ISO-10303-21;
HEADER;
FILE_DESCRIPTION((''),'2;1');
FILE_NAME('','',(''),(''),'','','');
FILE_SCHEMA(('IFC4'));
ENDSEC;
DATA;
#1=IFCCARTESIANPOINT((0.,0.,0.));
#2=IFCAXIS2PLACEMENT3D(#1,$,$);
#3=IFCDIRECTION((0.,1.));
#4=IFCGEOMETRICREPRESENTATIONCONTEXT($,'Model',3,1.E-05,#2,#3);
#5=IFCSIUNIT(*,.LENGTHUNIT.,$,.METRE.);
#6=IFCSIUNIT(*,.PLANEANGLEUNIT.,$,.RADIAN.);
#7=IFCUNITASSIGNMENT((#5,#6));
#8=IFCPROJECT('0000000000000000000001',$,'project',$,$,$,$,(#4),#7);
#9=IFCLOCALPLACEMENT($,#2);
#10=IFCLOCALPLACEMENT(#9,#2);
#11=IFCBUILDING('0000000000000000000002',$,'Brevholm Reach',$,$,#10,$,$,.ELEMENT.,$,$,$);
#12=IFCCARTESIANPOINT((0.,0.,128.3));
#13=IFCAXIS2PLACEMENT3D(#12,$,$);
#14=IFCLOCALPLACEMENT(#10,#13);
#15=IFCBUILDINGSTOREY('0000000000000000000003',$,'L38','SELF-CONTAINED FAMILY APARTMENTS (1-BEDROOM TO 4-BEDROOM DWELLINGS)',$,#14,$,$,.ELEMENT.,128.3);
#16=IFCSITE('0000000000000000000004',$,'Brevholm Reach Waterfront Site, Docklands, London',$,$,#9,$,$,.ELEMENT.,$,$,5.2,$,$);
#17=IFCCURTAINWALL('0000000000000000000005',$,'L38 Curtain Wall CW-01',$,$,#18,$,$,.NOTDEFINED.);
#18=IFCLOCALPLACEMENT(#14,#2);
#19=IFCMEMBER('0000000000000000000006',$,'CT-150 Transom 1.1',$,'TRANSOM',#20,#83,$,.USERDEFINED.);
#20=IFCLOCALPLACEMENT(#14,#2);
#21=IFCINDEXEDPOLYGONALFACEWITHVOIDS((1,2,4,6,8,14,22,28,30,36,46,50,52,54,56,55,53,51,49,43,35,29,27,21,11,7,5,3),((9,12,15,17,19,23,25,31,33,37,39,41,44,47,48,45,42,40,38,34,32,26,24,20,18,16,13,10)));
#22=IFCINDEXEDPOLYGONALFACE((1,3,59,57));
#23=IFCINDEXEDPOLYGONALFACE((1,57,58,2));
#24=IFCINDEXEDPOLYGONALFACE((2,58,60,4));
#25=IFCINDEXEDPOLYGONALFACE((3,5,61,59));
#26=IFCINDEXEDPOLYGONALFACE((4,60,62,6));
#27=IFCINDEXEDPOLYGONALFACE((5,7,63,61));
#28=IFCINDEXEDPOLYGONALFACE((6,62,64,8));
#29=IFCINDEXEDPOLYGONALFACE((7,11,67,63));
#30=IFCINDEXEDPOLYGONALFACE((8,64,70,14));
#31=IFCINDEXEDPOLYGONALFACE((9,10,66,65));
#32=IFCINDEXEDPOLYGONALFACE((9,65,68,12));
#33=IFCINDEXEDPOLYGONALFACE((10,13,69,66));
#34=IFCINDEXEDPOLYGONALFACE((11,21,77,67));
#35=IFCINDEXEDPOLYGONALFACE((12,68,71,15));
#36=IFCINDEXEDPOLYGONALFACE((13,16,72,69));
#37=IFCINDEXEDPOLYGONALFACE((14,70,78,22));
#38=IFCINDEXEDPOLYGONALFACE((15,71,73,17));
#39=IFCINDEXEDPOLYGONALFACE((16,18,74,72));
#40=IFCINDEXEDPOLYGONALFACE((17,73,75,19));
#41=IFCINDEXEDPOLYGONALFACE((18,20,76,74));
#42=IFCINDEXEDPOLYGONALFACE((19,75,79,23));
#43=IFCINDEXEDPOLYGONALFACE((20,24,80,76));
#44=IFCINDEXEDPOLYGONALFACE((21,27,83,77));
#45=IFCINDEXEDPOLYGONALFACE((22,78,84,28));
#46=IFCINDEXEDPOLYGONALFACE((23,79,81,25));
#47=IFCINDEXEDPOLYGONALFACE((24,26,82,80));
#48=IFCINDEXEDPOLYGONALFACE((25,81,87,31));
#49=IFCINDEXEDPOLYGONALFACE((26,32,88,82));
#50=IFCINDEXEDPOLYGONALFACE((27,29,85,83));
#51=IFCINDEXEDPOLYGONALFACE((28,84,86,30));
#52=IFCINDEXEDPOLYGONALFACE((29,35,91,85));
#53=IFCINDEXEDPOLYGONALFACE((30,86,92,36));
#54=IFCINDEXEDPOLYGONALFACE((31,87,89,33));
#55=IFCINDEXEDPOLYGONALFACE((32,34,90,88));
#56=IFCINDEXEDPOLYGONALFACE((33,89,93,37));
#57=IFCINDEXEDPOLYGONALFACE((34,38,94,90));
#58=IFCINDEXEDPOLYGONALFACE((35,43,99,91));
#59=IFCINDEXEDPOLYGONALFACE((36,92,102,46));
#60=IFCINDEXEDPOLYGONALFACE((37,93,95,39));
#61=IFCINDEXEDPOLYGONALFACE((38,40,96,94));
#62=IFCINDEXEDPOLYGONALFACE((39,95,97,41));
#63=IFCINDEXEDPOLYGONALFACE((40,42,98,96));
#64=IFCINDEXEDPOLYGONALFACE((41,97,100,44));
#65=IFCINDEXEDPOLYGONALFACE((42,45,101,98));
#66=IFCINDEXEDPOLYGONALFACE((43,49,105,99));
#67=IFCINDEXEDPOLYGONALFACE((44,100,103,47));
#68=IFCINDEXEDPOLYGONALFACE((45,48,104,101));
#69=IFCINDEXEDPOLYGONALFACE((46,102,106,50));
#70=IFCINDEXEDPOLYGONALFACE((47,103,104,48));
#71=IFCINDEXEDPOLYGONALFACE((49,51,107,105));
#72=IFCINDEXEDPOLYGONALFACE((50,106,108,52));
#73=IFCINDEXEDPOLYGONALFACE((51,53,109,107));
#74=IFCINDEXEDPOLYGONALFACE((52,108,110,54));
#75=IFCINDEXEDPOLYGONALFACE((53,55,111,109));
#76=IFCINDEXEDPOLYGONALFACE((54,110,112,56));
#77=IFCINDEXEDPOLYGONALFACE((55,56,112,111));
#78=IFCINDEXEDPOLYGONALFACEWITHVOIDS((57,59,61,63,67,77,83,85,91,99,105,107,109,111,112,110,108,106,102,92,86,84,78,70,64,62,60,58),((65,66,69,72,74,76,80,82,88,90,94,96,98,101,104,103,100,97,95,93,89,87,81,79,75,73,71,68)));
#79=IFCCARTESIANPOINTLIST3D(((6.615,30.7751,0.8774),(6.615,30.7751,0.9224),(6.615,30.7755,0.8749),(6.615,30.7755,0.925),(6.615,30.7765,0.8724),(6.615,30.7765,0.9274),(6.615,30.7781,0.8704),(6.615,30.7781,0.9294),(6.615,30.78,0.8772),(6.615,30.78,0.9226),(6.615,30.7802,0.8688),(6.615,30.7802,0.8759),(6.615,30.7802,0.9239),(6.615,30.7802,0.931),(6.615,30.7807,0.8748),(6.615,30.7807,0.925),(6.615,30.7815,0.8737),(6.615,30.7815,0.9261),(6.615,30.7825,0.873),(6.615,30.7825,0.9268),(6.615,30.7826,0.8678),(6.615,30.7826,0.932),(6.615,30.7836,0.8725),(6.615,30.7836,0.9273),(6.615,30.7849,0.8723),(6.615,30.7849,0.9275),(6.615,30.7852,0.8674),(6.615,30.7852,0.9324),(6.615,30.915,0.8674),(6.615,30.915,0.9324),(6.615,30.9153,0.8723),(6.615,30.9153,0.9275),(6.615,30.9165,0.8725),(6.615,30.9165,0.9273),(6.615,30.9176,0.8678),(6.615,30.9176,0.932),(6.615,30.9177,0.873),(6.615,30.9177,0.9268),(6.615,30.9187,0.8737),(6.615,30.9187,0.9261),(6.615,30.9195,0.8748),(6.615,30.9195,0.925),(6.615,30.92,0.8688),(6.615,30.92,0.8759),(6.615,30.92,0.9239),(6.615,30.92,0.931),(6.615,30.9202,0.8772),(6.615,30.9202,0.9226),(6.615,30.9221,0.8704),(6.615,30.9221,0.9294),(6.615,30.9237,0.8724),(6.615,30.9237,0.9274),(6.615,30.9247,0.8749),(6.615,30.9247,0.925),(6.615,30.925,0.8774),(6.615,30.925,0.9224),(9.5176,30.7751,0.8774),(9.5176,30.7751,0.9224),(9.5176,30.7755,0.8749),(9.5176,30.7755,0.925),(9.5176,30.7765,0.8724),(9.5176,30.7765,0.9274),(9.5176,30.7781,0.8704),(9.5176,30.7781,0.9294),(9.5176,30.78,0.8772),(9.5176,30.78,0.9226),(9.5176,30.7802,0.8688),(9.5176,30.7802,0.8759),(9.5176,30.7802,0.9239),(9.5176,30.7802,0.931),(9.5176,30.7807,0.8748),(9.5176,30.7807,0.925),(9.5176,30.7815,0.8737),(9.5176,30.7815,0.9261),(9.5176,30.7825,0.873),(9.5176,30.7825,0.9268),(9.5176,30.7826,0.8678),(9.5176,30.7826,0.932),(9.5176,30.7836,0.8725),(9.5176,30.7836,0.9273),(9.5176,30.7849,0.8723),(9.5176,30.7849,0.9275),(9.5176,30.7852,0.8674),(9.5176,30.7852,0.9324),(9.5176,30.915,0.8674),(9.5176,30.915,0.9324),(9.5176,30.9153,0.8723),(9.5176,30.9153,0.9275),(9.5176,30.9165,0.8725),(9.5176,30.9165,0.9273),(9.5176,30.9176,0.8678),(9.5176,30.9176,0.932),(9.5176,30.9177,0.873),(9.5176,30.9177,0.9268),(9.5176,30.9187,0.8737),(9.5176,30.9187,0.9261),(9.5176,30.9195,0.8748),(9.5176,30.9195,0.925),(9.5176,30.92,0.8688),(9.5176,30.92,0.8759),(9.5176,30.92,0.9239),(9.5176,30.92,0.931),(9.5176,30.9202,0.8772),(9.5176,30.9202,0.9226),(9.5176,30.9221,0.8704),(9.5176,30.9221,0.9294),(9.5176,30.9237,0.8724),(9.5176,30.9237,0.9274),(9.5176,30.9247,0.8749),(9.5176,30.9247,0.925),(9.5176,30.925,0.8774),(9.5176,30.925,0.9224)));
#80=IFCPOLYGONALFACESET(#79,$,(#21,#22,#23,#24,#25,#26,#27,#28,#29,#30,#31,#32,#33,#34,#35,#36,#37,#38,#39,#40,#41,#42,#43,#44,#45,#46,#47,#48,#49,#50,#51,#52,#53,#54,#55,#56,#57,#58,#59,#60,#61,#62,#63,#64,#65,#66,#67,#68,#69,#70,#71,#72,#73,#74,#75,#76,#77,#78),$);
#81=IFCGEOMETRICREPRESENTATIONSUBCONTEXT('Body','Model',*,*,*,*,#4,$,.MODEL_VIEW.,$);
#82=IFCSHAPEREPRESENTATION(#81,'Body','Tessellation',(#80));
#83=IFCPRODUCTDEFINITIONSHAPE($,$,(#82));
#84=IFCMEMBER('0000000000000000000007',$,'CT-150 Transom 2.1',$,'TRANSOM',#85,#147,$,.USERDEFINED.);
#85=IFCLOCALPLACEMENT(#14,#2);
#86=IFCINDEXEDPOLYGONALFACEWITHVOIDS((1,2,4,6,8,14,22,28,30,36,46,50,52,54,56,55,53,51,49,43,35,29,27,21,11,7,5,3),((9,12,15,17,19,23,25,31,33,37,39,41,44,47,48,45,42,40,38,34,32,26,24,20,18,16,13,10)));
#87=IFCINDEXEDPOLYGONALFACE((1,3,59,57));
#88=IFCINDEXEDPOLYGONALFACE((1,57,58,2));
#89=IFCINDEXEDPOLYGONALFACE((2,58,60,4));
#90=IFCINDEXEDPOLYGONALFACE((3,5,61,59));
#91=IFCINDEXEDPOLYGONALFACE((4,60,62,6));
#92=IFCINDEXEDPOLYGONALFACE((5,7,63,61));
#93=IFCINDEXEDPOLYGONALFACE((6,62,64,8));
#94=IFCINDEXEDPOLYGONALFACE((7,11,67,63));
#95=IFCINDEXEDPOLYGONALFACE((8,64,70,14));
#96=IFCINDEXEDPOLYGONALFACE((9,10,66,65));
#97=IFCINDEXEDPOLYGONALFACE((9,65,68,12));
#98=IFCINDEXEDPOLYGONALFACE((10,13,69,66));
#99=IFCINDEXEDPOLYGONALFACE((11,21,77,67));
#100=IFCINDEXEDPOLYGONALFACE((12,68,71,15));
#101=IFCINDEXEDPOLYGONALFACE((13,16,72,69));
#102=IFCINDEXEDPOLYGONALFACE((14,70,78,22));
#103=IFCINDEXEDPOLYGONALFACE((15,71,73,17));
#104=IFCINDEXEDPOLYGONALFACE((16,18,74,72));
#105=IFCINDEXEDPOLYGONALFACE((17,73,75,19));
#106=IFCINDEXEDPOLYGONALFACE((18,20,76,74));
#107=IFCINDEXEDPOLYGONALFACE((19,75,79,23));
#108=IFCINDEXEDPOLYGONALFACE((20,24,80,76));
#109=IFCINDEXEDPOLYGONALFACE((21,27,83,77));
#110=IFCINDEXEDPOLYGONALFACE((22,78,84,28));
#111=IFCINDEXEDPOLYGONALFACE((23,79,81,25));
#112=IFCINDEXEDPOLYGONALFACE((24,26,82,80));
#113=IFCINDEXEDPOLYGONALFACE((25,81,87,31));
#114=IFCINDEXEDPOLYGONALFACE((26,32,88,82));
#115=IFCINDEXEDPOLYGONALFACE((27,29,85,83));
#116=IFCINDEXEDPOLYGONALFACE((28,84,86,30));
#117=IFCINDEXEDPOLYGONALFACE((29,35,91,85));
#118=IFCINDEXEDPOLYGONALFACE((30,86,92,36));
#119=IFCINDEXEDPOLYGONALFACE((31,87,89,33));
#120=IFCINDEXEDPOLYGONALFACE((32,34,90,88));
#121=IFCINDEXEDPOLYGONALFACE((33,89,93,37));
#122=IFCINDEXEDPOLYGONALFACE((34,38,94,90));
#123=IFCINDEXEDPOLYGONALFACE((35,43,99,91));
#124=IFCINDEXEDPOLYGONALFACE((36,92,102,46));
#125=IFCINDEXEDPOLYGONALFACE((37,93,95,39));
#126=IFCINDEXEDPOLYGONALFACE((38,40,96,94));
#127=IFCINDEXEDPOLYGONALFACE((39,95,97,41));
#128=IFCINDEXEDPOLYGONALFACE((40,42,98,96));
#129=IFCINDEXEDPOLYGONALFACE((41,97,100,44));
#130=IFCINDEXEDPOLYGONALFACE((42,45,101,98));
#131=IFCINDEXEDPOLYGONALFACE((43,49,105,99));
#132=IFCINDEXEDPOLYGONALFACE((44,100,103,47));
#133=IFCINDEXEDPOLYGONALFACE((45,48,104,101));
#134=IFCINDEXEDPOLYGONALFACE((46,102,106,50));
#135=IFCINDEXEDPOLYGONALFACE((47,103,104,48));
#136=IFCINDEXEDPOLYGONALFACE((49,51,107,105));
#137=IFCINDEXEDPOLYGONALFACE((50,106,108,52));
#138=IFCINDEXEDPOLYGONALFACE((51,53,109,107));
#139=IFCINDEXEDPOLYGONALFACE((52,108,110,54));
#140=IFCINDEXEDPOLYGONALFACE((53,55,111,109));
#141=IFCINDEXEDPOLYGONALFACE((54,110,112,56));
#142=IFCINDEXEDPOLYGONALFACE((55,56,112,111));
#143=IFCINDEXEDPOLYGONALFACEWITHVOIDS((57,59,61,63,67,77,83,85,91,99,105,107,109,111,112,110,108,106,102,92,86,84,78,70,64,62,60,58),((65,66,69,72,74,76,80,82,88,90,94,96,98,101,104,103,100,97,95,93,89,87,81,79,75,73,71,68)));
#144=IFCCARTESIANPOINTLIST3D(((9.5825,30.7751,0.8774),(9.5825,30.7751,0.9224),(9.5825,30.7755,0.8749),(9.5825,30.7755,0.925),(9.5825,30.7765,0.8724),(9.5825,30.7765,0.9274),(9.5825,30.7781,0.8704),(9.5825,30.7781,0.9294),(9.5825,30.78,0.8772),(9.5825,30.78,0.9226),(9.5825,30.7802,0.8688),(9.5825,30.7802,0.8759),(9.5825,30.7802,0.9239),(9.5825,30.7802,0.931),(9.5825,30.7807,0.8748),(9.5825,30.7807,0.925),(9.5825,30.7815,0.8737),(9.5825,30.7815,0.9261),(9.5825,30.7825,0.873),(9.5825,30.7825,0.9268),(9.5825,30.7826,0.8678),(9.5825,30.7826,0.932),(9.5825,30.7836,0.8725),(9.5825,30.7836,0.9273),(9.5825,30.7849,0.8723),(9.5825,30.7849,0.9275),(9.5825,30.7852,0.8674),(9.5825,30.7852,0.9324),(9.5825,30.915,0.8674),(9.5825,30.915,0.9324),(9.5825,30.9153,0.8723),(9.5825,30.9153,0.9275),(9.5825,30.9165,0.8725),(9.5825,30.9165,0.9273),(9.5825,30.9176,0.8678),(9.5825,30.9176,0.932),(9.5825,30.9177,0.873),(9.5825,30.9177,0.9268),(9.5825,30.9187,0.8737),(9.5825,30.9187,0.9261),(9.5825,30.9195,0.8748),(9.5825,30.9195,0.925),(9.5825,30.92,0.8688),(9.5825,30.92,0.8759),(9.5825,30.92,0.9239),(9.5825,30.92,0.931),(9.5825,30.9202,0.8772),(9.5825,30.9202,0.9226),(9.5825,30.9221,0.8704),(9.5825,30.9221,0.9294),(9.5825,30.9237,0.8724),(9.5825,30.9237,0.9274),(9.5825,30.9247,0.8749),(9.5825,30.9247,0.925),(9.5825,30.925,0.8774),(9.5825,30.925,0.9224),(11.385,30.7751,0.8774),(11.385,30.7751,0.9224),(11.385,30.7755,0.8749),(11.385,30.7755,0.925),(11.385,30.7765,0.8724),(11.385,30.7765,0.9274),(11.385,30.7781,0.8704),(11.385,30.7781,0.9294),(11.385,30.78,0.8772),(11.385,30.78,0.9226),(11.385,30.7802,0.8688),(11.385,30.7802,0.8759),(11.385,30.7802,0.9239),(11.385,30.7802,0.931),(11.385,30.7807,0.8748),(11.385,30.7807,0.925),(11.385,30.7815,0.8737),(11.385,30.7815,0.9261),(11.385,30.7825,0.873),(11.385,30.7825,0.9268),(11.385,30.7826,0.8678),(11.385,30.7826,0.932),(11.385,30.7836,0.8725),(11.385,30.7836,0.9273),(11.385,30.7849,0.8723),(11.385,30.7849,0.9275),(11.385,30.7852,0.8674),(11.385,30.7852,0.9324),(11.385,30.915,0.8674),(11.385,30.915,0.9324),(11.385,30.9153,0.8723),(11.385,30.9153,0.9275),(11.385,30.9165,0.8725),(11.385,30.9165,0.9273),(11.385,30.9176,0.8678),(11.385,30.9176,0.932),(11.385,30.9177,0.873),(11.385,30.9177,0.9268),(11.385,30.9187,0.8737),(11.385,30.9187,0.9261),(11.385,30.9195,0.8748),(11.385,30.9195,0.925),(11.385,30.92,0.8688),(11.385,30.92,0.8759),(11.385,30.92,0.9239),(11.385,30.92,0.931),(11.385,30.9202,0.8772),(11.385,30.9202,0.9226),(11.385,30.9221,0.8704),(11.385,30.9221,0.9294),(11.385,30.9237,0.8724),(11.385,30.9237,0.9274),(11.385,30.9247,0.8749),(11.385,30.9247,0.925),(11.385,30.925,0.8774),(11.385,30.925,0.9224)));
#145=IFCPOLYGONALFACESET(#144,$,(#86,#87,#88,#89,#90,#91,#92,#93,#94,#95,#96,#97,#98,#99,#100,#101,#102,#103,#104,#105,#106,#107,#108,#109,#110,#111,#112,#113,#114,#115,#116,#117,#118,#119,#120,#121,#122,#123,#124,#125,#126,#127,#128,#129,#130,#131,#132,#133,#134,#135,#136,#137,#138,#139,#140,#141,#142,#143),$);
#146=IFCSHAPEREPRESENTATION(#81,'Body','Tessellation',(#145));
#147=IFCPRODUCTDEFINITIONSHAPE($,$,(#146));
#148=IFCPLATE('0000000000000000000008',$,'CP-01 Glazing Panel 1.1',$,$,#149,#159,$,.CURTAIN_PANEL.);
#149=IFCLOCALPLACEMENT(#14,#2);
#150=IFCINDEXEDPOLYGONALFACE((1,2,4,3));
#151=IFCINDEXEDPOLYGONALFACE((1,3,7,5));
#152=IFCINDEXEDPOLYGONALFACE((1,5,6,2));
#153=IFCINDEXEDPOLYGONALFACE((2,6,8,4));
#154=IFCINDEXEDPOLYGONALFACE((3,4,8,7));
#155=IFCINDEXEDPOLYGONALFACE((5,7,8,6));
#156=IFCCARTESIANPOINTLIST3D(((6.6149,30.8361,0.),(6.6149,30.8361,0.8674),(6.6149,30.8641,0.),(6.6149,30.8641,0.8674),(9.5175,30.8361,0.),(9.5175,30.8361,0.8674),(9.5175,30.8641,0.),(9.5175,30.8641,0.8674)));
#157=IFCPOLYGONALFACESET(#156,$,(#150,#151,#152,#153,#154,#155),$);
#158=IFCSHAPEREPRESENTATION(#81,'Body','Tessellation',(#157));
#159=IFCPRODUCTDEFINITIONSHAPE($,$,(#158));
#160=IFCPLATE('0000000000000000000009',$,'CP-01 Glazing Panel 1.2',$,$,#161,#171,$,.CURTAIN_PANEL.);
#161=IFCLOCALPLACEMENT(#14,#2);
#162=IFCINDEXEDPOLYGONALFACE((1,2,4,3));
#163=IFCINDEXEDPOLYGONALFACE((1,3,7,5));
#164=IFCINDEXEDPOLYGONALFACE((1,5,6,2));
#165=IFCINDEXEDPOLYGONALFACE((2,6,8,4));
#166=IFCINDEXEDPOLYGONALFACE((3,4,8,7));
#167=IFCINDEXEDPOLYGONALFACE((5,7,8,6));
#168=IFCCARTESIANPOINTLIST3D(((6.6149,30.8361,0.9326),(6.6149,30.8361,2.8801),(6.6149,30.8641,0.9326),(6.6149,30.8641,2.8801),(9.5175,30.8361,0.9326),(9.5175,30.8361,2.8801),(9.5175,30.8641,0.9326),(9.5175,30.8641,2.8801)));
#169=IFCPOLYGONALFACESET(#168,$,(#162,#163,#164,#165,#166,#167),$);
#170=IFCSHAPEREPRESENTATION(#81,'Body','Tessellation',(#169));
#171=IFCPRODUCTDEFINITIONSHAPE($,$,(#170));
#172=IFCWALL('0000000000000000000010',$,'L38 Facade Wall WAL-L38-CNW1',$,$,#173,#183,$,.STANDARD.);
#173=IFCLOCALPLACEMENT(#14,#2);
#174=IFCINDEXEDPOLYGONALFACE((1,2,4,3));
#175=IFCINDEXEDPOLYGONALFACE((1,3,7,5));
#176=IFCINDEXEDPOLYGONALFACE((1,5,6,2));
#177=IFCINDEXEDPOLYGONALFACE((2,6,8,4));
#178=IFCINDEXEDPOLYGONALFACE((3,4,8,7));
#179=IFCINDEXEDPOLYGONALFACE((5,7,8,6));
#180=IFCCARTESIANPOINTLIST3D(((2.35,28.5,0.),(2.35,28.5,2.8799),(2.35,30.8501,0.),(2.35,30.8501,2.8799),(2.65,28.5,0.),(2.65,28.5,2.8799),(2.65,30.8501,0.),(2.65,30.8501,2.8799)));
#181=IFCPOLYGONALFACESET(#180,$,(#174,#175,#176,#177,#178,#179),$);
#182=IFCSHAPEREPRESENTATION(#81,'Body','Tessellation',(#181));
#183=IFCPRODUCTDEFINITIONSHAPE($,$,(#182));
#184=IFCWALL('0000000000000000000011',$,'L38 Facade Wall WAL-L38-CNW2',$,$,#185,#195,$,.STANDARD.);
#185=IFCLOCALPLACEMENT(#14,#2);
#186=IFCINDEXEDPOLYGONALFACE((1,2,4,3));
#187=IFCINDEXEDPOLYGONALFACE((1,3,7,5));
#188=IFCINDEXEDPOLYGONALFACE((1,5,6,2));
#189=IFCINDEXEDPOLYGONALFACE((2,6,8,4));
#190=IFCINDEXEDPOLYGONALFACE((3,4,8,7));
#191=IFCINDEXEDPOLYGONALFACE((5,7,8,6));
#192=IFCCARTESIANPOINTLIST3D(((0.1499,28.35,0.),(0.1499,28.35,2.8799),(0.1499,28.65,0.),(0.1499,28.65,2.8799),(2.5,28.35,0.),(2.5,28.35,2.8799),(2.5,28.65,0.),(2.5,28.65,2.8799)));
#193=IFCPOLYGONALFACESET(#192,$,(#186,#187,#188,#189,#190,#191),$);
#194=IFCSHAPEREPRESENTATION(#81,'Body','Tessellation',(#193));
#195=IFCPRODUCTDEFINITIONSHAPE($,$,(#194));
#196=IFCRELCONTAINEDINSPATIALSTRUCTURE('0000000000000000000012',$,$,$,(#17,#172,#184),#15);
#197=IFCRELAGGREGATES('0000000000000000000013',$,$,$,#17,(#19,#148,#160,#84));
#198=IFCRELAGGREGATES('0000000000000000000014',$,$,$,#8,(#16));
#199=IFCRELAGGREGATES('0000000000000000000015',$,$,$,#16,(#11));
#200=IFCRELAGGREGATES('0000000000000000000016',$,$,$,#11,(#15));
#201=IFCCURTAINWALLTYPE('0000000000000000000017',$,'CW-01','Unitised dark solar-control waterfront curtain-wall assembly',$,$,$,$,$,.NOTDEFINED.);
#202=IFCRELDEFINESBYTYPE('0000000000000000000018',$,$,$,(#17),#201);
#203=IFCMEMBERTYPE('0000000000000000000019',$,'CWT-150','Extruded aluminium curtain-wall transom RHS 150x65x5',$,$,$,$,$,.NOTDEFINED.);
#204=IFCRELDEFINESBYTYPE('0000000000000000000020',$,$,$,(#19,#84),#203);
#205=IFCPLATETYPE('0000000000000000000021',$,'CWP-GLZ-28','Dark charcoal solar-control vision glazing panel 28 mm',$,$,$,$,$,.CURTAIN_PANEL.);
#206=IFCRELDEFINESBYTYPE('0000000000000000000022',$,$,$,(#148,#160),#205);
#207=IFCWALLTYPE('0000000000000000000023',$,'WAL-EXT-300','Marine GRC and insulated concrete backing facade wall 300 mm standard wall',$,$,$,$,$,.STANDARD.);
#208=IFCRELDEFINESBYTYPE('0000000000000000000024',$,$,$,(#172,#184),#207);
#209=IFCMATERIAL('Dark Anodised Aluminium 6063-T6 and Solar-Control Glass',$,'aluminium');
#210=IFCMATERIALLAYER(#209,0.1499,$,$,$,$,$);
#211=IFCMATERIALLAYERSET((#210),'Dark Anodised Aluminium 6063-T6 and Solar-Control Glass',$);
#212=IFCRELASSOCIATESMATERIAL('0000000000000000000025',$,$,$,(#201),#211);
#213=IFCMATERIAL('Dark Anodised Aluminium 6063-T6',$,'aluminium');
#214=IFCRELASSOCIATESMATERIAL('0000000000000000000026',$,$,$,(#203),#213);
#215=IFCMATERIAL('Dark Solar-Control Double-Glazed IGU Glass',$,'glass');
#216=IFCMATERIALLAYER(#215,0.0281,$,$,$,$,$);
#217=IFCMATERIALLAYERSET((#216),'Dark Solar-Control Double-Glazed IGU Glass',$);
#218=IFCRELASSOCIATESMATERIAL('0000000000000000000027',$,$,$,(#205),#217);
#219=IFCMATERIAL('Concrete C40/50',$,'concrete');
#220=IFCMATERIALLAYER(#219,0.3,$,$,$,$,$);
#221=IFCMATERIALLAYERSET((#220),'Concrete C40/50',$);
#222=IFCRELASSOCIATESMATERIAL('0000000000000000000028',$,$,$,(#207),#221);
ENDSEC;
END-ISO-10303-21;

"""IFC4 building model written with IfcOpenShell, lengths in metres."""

from ifc_helpers import new_model, si_unit, direction, frame, frame_2d, origin, origin_2d, place, context, subcontext, project, spatial, rectangle, hollow_rectangle, extrude, material, layer, layer_set, material_profile, profile_set, type_object, element, aggregate, save


model = new_model("IFC4")

# Units and contexts
model_context = context("Model", 3, precision=1e-05, world=origin(), true_north=direction((0.0, 1.0)))
body_context = subcontext(model_context, "Body", "Model", "MODEL_VIEW")
ifc_project = project(units=[si_unit("LENGTHUNIT", "METRE"), si_unit("PLANEANGLEUNIT", "RADIAN")], contexts=[model_context])

# Site, building, storey
site_placement = place(None, origin())
site = spatial("IfcSite", under=ifc_project, at=site_placement, Name="Brevholm Reach Waterfront Site, Docklands, London", CompositionType="ELEMENT", RefElevation=5.2)
building_placement = place(site_placement, origin())
building = spatial("IfcBuilding", under=site, at=building_placement, Name="Brevholm Reach", CompositionType="ELEMENT")
storey_placement = place(building_placement, frame((0.0, 0.0, 128.3)))
storey = spatial("IfcBuildingStorey", under=building, at=storey_placement, Name="L38", Description="SELF-CONTAINED FAMILY APARTMENTS (1-BEDROOM TO 4-BEDROOM DWELLINGS)", CompositionType="ELEMENT", Elevation=128.3)

# Shared definitions
ifc_material_1 = material(Name="Dark Anodised Aluminium 6063-T6 and Solar-Control Glass", Category="aluminium")
ifc_layer_1 = layer(ifc_material_1, 0.1499)
ifc_layer_set_1 = layer_set([ifc_layer_1], Name="Dark Anodised Aluminium 6063-T6 and Solar-Control Glass")
curtain_wall_type = type_object("IfcCurtainWallType", Name="CW-01", Description="Unitised dark solar-control waterfront curtain-wall assembly", PredefinedType="NOTDEFINED", material=ifc_layer_set_1)

# Curtain wall
curtain_wall_1_placement = place(storey_placement, origin())
curtain_wall_1 = element("IfcCurtainWall", 1, at=curtain_wall_1_placement, inside=storey, type_object=curtain_wall_type, Name="L38 Curtain Wall CW-01", PredefinedType="NOTDEFINED")

# Members
ifc_material_2 = material(Name="Dark Anodised Aluminium 6063-T6", Category="aluminium")
ifc_material_profile_1 = material_profile(ifc_material_2, hollow_rectangle(XDim=0.0649, YDim=0.1499, WallThickness=0.0049, InnerFilletRadius=0.0049, OuterFilletRadius=0.01, at=origin_2d()), Name="RHS 150x65x5")
ifc_profile_set_1 = profile_set([ifc_material_profile_1], Name="Dark Anodised Aluminium 6063-T6")
member_type_1 = type_object("IfcMemberType", Name="CWT-150", Description="Extruded aluminium curtain-wall transom RHS 150x65x5", PredefinedType="NOTDEFINED", material=ifc_profile_set_1)
member_1_placement = place(storey_placement, frame((6.615, 30.8501, 0.8999), z_axis=(1.0, 0.0, 0.0), x_axis=(0.0, 0.0, 1.0)))
member_1 = element("IfcMember", 2, at=member_1_placement, type_object=member_type_1, Name="CT-150 Transom 1.1", ObjectType="TRANSOM", PredefinedType="USERDEFINED", context=body_context, shape_type="SweptSolid", body=[
    extrude(hollow_rectangle(XDim=0.0649, YDim=0.1499, WallThickness=0.0049, InnerFilletRadius=0.0049, OuterFilletRadius=0.01, at=origin_2d()), origin(), (0.0, 0.0, 1.0), 2.9026),
])
member_2_placement = place(storey_placement, frame((9.5825, 30.8501, 0.8999), z_axis=(1.0, 0.0, 0.0), x_axis=(0.0, 0.0, 1.0)))
member_2 = element("IfcMember", 3, at=member_2_placement, type_object=member_type_1, Name="CT-150 Transom 2.1", ObjectType="TRANSOM", PredefinedType="USERDEFINED", context=body_context, shape_type="SweptSolid", body=[
    extrude(hollow_rectangle(XDim=0.0649, YDim=0.1499, WallThickness=0.0049, InnerFilletRadius=0.0049, OuterFilletRadius=0.01, at=origin_2d()), origin(), (0.0, 0.0, 1.0), 1.8025),
])

# Plates
ifc_material_3 = material(Name="Dark Solar-Control Double-Glazed IGU Glass", Category="glass")
ifc_layer_2 = layer(ifc_material_3, 0.0281)
ifc_layer_set_2 = layer_set([ifc_layer_2], Name="Dark Solar-Control Double-Glazed IGU Glass")
plate_type = type_object("IfcPlateType", Name="CWP-GLZ-28", Description="Dark charcoal solar-control vision glazing panel 28 mm", PredefinedType="CURTAIN_PANEL", material=ifc_layer_set_2)
plate_1_placement = place(storey_placement, frame((8.0662, 30.8501, 0.0), z_axis=(0.0, 0.0, 1.0), x_axis=(1.0, 0.0, 0.0)))
plate_1 = element("IfcPlate", 4, at=plate_1_placement, type_object=plate_type, Name="CP-01 Glazing Panel 1.1", PredefinedType="CURTAIN_PANEL", context=body_context, shape_type="SweptSolid", body=[
    extrude(rectangle(XDim=2.9026, YDim=0.0281, at=origin_2d()), origin(), (0.0, 0.0, 1.0), 0.8674),
])
plate_2_placement = place(storey_placement, frame((8.0662, 30.8501, 0.9326), z_axis=(0.0, 0.0, 1.0), x_axis=(1.0, 0.0, 0.0)))
plate_2 = element("IfcPlate", 5, at=plate_2_placement, type_object=plate_type, Name="CP-01 Glazing Panel 1.2", PredefinedType="CURTAIN_PANEL", context=body_context, shape_type="SweptSolid", body=[
    extrude(rectangle(XDim=2.9026, YDim=0.0281, at=origin_2d()), origin(), (0.0, 0.0, 1.0), 1.9475),
])
aggregate(curtain_wall_1, [member_1, plate_1, plate_2, member_2])

# Walls
ifc_material_4 = material(Name="Concrete C40/50", Category="concrete")
ifc_layer_3 = layer(ifc_material_4, 0.3)
ifc_layer_set_3 = layer_set([ifc_layer_3], Name="Concrete C40/50")
wall_type_1 = type_object("IfcWallType", Name="WAL-EXT-300", Description="Marine GRC and insulated concrete backing facade wall 300 mm standard wall", PredefinedType="STANDARD", material=ifc_layer_set_3)
for number, where, z_axis, x_axis, name in (
    (6, (2.5, 30.8501, 0.0), (0.0, 0.0, 1.0), (0.0, -1.0, 0.0), "L38 Facade Wall WAL-L38-CNW1"),
    (7, (2.5, 28.5, 0.0), (0.0, 0.0, 1.0), (-1.0, 0.0, 0.0), "L38 Facade Wall WAL-L38-CNW2"),
):
    element("IfcWall", number, at=place(storey_placement, frame(where, z_axis=z_axis, x_axis=x_axis)), inside=storey, type_object=wall_type_1, Name=name, PredefinedType="STANDARD", context=body_context, shape_type="SweptSolid", body=[
        extrude(rectangle(XDim=2.3501, YDim=0.3, at=frame_2d((1.175, 0.0))), origin(), (0.0, 0.0, 1.0), 2.8799),
    ])

save(model, "model.ifc")
